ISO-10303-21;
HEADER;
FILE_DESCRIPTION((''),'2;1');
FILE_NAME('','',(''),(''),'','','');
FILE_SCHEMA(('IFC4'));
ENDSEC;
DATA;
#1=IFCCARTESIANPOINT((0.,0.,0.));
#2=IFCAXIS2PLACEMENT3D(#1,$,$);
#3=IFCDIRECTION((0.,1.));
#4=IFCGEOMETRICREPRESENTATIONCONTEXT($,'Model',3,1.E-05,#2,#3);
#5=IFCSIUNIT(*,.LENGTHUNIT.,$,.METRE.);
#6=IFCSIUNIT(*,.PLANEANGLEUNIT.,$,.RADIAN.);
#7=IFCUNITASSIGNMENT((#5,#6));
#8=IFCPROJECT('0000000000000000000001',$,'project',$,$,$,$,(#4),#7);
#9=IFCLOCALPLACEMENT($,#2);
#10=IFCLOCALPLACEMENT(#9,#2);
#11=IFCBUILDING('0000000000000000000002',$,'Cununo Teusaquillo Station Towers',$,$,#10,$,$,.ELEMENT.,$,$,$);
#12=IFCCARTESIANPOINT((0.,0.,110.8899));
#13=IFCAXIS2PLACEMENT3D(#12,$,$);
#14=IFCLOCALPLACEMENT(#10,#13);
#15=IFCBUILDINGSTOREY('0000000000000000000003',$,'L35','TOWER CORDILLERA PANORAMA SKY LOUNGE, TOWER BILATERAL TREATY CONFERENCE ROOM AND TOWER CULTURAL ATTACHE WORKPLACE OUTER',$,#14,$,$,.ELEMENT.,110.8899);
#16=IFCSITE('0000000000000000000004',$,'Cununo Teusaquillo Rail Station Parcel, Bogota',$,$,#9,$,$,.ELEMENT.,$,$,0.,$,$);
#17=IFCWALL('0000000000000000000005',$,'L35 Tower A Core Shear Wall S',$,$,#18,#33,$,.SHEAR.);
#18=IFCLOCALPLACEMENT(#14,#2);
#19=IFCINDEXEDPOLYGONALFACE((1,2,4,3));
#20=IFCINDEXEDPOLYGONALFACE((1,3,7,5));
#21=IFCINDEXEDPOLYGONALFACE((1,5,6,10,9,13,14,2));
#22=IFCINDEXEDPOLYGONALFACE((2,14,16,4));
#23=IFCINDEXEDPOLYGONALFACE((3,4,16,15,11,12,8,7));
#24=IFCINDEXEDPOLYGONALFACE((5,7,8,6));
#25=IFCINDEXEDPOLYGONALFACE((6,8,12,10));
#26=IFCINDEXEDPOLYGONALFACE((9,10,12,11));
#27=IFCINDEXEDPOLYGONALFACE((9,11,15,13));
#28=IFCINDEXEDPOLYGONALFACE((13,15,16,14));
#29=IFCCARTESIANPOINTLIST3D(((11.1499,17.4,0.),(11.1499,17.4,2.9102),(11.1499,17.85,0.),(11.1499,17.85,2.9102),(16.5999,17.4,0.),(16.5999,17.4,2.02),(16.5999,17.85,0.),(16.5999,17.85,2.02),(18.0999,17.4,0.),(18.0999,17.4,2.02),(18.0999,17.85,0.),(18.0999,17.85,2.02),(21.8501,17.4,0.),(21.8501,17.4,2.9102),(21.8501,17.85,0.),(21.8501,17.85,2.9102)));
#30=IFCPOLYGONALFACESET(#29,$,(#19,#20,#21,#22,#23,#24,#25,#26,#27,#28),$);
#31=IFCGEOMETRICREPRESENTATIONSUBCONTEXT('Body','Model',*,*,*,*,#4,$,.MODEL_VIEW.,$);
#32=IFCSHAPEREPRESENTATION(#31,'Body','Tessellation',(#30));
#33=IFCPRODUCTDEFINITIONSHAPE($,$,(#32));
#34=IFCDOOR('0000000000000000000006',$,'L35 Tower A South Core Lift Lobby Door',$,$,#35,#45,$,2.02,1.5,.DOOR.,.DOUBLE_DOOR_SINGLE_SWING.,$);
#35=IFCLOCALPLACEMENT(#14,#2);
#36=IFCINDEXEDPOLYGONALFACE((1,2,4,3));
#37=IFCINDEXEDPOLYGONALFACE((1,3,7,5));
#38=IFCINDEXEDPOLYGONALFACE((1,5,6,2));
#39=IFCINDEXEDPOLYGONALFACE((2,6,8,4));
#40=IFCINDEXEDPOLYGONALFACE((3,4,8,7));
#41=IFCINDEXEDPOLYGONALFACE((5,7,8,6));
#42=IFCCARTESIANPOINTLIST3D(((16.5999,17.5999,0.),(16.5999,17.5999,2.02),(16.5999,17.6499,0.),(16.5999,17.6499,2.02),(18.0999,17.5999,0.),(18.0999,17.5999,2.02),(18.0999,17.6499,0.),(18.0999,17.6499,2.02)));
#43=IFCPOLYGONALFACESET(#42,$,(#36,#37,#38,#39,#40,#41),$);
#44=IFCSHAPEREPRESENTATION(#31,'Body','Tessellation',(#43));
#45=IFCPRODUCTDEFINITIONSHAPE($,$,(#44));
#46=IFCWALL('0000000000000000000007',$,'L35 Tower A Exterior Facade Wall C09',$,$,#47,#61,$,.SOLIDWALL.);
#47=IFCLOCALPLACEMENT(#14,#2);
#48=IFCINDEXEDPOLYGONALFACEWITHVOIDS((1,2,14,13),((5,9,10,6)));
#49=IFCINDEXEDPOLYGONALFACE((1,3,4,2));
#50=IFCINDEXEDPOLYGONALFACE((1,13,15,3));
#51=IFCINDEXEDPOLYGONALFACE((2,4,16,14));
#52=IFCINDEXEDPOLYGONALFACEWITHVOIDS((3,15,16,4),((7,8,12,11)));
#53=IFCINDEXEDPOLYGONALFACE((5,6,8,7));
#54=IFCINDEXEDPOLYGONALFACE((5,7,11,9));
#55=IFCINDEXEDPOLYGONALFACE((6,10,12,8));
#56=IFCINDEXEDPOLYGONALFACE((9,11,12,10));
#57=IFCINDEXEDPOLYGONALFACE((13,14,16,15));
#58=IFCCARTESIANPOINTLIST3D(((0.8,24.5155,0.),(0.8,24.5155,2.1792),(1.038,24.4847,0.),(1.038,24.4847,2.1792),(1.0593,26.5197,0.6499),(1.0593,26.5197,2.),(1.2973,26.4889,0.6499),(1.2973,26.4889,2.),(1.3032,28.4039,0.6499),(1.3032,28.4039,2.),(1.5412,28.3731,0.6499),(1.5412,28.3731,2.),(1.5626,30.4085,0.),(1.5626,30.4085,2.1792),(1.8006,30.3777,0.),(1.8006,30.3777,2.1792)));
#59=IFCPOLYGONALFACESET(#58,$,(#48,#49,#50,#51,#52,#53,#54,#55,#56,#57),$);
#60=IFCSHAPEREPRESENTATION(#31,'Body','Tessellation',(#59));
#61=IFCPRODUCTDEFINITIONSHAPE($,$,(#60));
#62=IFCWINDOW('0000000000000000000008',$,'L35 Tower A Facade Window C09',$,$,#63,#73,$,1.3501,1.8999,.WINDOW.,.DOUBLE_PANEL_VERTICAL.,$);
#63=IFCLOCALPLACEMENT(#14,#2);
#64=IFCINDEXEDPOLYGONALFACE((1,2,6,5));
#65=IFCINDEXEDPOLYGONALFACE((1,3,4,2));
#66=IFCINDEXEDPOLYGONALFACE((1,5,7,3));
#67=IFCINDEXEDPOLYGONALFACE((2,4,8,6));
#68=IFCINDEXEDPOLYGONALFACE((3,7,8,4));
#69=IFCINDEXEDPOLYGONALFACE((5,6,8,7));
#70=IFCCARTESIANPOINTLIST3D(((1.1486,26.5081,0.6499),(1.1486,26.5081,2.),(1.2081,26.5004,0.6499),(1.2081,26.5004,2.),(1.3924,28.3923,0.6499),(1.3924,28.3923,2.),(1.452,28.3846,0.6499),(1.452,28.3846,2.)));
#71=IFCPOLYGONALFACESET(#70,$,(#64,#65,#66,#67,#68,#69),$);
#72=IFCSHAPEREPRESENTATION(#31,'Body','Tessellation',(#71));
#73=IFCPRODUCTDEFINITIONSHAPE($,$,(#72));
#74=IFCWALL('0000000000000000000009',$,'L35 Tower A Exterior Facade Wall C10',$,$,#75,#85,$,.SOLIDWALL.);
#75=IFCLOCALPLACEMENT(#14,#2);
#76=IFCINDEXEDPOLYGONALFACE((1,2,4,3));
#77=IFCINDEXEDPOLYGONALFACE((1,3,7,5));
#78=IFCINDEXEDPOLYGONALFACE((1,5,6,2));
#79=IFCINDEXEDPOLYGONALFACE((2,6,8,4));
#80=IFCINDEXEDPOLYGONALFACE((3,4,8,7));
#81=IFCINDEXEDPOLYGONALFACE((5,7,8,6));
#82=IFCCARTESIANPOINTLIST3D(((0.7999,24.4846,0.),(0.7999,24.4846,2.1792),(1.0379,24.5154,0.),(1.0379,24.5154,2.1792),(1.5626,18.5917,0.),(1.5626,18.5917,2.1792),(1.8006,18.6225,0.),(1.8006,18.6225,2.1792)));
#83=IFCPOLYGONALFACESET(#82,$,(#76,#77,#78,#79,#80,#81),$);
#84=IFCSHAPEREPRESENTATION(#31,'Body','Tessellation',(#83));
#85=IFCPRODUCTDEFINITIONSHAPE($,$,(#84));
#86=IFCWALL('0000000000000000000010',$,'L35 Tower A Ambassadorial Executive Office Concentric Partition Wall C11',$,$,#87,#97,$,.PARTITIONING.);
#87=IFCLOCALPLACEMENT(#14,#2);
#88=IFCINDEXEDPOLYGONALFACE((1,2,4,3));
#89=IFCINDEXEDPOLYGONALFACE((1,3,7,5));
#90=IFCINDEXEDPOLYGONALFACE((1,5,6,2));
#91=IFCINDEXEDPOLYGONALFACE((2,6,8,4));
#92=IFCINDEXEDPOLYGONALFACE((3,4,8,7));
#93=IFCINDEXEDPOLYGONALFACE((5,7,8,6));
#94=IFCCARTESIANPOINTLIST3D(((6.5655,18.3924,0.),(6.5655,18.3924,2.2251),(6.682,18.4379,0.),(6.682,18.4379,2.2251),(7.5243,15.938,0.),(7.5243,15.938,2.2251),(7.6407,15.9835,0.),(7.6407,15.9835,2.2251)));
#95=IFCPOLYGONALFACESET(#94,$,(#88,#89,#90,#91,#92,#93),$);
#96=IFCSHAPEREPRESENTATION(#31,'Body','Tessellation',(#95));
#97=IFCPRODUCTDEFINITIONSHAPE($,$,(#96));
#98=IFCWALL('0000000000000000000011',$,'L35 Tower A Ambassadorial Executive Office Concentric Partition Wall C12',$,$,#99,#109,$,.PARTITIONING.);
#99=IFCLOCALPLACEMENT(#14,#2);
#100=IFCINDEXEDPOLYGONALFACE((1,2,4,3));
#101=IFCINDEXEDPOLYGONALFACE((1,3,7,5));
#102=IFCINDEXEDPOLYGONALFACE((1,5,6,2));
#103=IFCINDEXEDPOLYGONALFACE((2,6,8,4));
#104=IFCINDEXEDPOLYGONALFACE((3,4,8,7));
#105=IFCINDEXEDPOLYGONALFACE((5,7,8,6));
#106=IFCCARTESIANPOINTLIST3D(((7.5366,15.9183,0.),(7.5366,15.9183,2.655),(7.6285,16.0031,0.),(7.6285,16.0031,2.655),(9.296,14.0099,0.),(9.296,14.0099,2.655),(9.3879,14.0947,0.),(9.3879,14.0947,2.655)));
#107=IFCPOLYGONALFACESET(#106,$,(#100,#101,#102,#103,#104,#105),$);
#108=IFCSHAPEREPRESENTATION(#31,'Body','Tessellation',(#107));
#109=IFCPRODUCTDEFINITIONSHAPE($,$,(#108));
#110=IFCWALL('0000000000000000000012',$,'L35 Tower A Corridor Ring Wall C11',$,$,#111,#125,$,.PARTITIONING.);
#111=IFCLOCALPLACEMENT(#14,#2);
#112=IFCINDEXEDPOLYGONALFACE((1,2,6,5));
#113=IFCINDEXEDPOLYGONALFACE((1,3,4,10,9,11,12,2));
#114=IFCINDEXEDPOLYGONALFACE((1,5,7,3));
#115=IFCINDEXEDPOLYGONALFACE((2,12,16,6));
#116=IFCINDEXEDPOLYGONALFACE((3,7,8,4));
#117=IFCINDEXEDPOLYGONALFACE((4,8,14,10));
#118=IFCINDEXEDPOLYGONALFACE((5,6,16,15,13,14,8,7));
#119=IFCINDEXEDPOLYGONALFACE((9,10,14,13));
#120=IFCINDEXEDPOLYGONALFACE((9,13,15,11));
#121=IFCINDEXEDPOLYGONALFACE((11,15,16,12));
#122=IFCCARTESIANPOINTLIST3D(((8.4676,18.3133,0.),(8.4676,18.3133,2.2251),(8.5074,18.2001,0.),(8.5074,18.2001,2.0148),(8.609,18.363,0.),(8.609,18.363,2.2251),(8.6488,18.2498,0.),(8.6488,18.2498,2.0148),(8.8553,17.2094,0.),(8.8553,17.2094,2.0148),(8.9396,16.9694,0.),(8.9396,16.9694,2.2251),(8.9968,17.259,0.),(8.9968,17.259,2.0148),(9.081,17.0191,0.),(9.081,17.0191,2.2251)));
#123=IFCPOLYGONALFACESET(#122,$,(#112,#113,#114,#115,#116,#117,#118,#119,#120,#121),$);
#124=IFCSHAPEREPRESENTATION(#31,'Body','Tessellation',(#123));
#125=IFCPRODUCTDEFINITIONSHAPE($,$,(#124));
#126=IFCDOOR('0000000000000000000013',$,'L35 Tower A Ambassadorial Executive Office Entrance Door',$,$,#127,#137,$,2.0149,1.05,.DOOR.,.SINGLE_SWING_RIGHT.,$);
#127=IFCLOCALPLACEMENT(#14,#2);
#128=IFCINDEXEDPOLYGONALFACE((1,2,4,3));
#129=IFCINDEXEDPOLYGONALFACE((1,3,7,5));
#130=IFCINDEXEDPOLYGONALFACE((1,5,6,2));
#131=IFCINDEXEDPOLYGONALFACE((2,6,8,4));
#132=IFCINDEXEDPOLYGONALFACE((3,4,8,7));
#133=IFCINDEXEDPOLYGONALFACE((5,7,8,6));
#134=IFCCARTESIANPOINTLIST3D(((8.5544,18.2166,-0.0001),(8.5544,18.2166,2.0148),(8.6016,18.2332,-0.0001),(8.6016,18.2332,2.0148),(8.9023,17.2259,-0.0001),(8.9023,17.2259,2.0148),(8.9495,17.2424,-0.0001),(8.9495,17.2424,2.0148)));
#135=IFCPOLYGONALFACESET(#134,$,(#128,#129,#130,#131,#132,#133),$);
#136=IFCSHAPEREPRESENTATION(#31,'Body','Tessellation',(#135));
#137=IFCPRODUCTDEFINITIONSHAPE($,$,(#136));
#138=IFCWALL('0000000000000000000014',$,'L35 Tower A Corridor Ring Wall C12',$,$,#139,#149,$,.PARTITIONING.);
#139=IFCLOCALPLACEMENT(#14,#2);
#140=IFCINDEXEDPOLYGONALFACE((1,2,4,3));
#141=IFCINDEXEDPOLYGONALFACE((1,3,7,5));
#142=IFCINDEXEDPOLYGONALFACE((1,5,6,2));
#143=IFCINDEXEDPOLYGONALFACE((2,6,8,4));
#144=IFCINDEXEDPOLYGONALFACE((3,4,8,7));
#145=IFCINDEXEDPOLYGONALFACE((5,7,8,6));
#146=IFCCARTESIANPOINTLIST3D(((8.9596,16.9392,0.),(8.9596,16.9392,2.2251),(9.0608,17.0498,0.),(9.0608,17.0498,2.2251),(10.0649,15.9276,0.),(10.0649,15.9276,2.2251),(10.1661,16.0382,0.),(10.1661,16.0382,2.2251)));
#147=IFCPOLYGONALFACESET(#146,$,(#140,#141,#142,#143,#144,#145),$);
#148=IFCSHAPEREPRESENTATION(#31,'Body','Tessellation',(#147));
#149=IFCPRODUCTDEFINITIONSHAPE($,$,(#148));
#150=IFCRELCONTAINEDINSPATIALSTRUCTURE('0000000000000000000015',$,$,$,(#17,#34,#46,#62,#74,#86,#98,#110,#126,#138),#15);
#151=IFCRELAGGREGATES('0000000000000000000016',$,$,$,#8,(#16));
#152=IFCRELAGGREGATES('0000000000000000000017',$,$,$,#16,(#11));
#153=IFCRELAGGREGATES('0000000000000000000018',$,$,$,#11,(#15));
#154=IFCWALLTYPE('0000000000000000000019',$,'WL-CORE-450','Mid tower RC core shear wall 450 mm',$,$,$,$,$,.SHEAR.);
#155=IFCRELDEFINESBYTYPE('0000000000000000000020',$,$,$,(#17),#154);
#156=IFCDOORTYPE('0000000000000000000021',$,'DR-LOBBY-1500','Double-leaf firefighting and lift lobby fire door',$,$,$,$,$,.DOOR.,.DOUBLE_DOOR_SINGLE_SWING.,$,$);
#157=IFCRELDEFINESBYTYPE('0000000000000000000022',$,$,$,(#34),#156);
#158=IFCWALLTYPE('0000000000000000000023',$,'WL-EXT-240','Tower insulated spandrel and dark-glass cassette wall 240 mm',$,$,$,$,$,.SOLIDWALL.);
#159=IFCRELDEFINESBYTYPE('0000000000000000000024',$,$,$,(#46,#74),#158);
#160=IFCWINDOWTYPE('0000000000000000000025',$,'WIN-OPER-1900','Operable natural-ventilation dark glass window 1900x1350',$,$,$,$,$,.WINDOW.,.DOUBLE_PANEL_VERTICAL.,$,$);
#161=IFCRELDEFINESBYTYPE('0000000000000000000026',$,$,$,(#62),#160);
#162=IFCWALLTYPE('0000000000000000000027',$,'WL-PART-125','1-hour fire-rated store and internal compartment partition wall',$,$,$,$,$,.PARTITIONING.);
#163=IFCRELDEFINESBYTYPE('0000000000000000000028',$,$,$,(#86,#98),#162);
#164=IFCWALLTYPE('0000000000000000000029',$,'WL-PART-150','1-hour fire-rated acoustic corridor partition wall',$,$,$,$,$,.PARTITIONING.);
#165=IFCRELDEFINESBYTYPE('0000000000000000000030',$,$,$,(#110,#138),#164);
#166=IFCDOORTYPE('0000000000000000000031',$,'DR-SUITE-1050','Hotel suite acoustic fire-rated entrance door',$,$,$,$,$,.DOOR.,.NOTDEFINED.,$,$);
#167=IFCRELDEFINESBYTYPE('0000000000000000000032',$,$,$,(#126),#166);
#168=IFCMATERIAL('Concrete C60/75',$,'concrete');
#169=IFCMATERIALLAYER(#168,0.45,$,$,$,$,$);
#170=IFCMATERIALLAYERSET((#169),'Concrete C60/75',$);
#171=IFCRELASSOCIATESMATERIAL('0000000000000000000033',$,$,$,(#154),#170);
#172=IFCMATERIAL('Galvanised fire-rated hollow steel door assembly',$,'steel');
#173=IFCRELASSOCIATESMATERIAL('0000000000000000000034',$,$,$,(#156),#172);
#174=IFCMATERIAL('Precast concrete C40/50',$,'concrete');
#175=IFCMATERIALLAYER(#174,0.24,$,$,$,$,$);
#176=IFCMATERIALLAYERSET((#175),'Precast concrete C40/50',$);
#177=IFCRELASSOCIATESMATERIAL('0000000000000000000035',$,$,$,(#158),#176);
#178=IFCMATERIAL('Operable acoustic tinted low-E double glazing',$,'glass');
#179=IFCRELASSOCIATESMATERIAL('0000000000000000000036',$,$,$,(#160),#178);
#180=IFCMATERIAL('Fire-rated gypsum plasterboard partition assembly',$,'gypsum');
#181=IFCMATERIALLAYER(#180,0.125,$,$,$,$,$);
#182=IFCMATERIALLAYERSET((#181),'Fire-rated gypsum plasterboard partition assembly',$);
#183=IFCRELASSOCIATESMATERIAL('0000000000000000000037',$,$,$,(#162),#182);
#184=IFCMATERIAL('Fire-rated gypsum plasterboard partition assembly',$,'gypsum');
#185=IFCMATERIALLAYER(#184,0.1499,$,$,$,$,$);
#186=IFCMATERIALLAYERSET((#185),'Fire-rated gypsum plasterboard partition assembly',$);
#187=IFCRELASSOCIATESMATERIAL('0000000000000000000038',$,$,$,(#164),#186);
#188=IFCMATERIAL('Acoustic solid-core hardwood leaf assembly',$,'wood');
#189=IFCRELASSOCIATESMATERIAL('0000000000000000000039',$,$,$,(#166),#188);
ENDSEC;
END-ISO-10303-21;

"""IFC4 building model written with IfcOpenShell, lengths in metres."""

from ifc_helpers import new_model, si_unit, direction, frame, frame_2d, origin, place, context, subcontext, project, spatial, rectangle, extrude, source, transform, mapped, material, layer, layer_set, type_object, element, fill, save


model = new_model("IFC4")

# Units and contexts
model_context = context("Model", 3, precision=1e-05, world=origin(), true_north=direction((0.0, 1.0)))
body_context = subcontext(model_context, "Body", "Model", "MODEL_VIEW")
ifc_project = project(units=[si_unit("LENGTHUNIT", "METRE"), si_unit("PLANEANGLEUNIT", "RADIAN")], contexts=[model_context])

# Site, building, storey
site_placement = place(None, origin())
site = spatial("IfcSite", under=ifc_project, at=site_placement, Name="Cununo Teusaquillo Rail Station Parcel, Bogota", CompositionType="ELEMENT", RefElevation=0.0)
building_placement = place(site_placement, origin())
building = spatial("IfcBuilding", under=site, at=building_placement, Name="Cununo Teusaquillo Station Towers", CompositionType="ELEMENT")
storey_placement = place(building_placement, frame((0.0, 0.0, 110.8899)))
storey = spatial("IfcBuildingStorey", under=building, at=storey_placement, Name="L35", Description="TOWER CORDILLERA PANORAMA SKY LOUNGE, TOWER BILATERAL TREATY CONFERENCE ROOM AND TOWER CULTURAL ATTACHE WORKPLACE OUTER", CompositionType="ELEMENT", Elevation=110.8899)

# Shared definitions
ifc_material_1 = material(Name="Concrete C60/75", Category="concrete")
ifc_layer_1 = layer(ifc_material_1, 0.45)
ifc_layer_set_1 = layer_set([ifc_layer_1], Name="Concrete C60/75")
wall_type_1 = type_object("IfcWallType", Name="WL-CORE-450", Description="Mid tower RC core shear wall 450 mm", PredefinedType="SHEAR", material=ifc_layer_set_1)

# Wall, opening, door
wall_1_placement = place(storey_placement, frame((11.1499, 17.625, 0.0), z_axis=(0.0, 0.0, 1.0), x_axis=(1.0, 0.0, 0.0)))
wall_1 = element("IfcWall", 1, at=wall_1_placement, inside=storey, type_object=wall_type_1, Name="L35 Tower A Core Shear Wall S", PredefinedType="SHEAR", context=body_context, shape_type="SweptSolid", body=[
    extrude(rectangle(XDim=10.7002, YDim=0.45, at=frame_2d((5.3501, 0.0))), origin(), (0.0, 0.0, 1.0), 2.9102),
])
shared_shape_1 = source(origin(), body_context, "Body", "SweptSolid", [
    extrude(rectangle(XDim=1.5, YDim=2.02, at=frame_2d((0.75, 1.01))), frame((0.0, 0.2349, 0.0), z_axis=(0.0, -1.0, 0.0), x_axis=(1.0, 0.0, 0.0)), (0.0, 0.0, 1.0), 0.47),
])
opening_1_placement = place(wall_1_placement, frame((5.45, 0.0, 0.0)))
opening_1 = element("IfcOpeningElement", 2, at=opening_1_placement, cuts=wall_1, PredefinedType="OPENING", context=body_context, shape_type="MappedRepresentation", body=[
    mapped(shared_shape_1, transform((0.0, 0.0, 0.0), x_axis=(1.0, 0.0, 0.0), y_axis=(0.0, 1.0, 0.0), z_axis=(0.0, 0.0, 1.0), scale=1.0)),
])
ifc_material_2 = material(Name="Galvanised fire-rated hollow steel door assembly", Category="steel")
door_type_1 = type_object("IfcDoorType", Name="DR-LOBBY-1500", Description="Double-leaf firefighting and lift lobby fire door", OperationType="DOUBLE_DOOR_SINGLE_SWING", PredefinedType="DOOR", material=ifc_material_2)
shared_shape_2 = source(origin(), body_context, "Body", "SweptSolid", [
    extrude(rectangle(XDim=1.5, YDim=2.02, at=frame_2d((0.75, 1.01))), frame((0.0, 0.0249, 0.0), z_axis=(0.0, -1.0, 0.0), x_axis=(1.0, 0.0, 0.0)), (0.0, 0.0, 1.0), 0.05),
])
door_1_placement = place(opening_1_placement, origin())
door_1 = element("IfcDoor", 3, at=door_1_placement, inside=storey, type_object=door_type_1, Name="L35 Tower A South Core Lift Lobby Door", OperationType="DOUBLE_DOOR_SINGLE_SWING", OverallHeight=2.02, OverallWidth=1.5, PredefinedType="DOOR", context=body_context, shape_type="MappedRepresentation", body=[
    mapped(shared_shape_2, transform((0.0, 0.0, 0.0), x_axis=(1.0, 0.0, 0.0), y_axis=(0.0, 1.0, 0.0), z_axis=(0.0, 0.0, 1.0), scale=1.0)),
])
fill(opening_1, door_1)

# Wall, opening, window
ifc_material_3 = material(Name="Precast concrete C40/50", Category="concrete")
ifc_layer_2 = layer(ifc_material_3, 0.24)
ifc_layer_set_2 = layer_set([ifc_layer_2], Name="Precast concrete C40/50")
wall_type_2 = type_object("IfcWallType", Name="WL-EXT-240", Description="Tower insulated spandrel and dark-glass cassette wall 240 mm", PredefinedType="SOLIDWALL", material=ifc_layer_set_2)
wall_2_placement = place(storey_placement, frame((0.9189, 24.5, 0.0), z_axis=(0.0, 0.0, 1.0), x_axis=(0.128352, 0.991729, 0.0)))
wall_2 = element("IfcWall", 4, at=wall_2_placement, inside=storey, type_object=wall_type_2, Name="L35 Tower A Exterior Facade Wall C09", PredefinedType="SOLIDWALL", context=body_context, shape_type="SweptSolid", body=[
    extrude(rectangle(XDim=5.9421, YDim=0.24, at=frame_2d((2.9712, 0.0))), origin(), (0.0, 0.0, 1.0), 2.1792),
])
shared_shape_3 = source(origin(), body_context, "Body", "SweptSolid", [
    extrude(rectangle(XDim=1.8999, YDim=1.3501, at=frame_2d((0.95, 0.675))), frame((0.0, 0.1299, 0.0), z_axis=(0.0, -1.0, 0.0), x_axis=(1.0, 0.0, 0.0)), (0.0, 0.0, 1.0), 0.26),
])
opening_2_placement = place(wall_2_placement, frame((2.021, 0.0, 0.6499)))
opening_2 = element("IfcOpeningElement", 5, at=opening_2_placement, cuts=wall_2, PredefinedType="OPENING", context=body_context, shape_type="MappedRepresentation", body=[
    mapped(shared_shape_3, transform((0.0, 0.0, 0.0), x_axis=(1.0, 0.0, 0.0), y_axis=(0.0, 1.0, 0.0), z_axis=(0.0, 0.0, 1.0), scale=1.0)),
])
ifc_material_4 = material(Name="Operable acoustic tinted low-E double glazing", Category="glass")
window_type = type_object("IfcWindowType", Name="WIN-OPER-1900", Description="Operable natural-ventilation dark glass window 1900x1350", PartitioningType="DOUBLE_PANEL_VERTICAL", PredefinedType="WINDOW", material=ifc_material_4)
shared_shape_4 = source(origin(), body_context, "Body", "SweptSolid", [
    extrude(rectangle(XDim=1.8999, YDim=1.3501, at=frame_2d((0.95, 0.675))), frame((0.0, 0.03, 0.0), z_axis=(0.0, -1.0, 0.0), x_axis=(1.0, 0.0, 0.0)), (0.0, 0.0, 1.0), 0.0601),
])
window_placement = place(opening_2_placement, origin())
window = element("IfcWindow", 6, at=window_placement, inside=storey, type_object=window_type, Name="L35 Tower A Facade Window C09", OverallHeight=1.3501, OverallWidth=1.8999, PartitioningType="DOUBLE_PANEL_VERTICAL", PredefinedType="WINDOW", context=body_context, shape_type="MappedRepresentation", body=[
    mapped(shared_shape_4, transform((0.0, 0.0, 0.0), x_axis=(1.0, 0.0, 0.0), y_axis=(0.0, 1.0, 0.0), z_axis=(0.0, 0.0, 1.0), scale=1.0)),
])
fill(opening_2, window)

# Walls
wall_3_placement = place(storey_placement, frame((1.6816, 18.6069, 0.0), z_axis=(0.0, 0.0, 1.0), x_axis=(-0.128352, 0.991729, 0.0)))
element("IfcWall", 7, at=wall_3_placement, inside=storey, type_object=wall_type_2, Name="L35 Tower A Exterior Facade Wall C10", PredefinedType="SOLIDWALL", context=body_context, shape_type="SweptSolid", body=[
    extrude(rectangle(XDim=5.9421, YDim=0.24, at=frame_2d((2.9712, 0.0))), origin(), (0.0, 0.0, 1.0), 2.1792),
])
ifc_material_5 = material(Name="Fire-rated gypsum plasterboard partition assembly", Category="gypsum")
ifc_layer_3 = layer(ifc_material_5, 0.125)
ifc_layer_set_3 = layer_set([ifc_layer_3], Name="Fire-rated gypsum plasterboard partition assembly")
wall_type_3 = type_object("IfcWallType", Name="WL-PART-125", Description="1-hour fire-rated store and internal compartment partition wall", PredefinedType="PARTITIONING", material=ifc_layer_set_3)
wall_4_placement = place(storey_placement, frame((6.6238, 18.415, 0.0), z_axis=(0.0, 0.0, 1.0), x_axis=(0.363854, -0.931456, 0.0)))
element("IfcWall", 8, at=wall_4_placement, inside=storey, type_object=wall_type_3, Name="L35 Tower A Ambassadorial Executive Office Concentric Partition Wall C11", PredefinedType="PARTITIONING", context=body_context, shape_type="SweptSolid", body=[
    extrude(rectangle(XDim=2.635, YDim=0.125, at=frame_2d((1.3174, 0.0))), origin(), (0.0, 0.0, 1.0), 2.2251),
])
wall_5_placement = place(storey_placement, frame((7.5825, 15.9607, 0.0), z_axis=(0.0, 0.0, 1.0), x_axis=(0.677839, -0.735211, 0.0)))
element("IfcWall", 9, at=wall_5_placement, inside=storey, type_object=wall_type_3, Name="L35 Tower A Ambassadorial Executive Office Concentric Partition Wall C12", PredefinedType="PARTITIONING", context=body_context, shape_type="SweptSolid", body=[
    extrude(rectangle(XDim=2.5957, YDim=0.125, at=frame_2d((1.2979, 0.0))), origin(), (0.0, 0.0, 1.0), 2.655),
])

# Wall, opening, door
ifc_material_6 = material(Name="Fire-rated gypsum plasterboard partition assembly", Category="gypsum")
ifc_layer_4 = layer(ifc_material_6, 0.1499)
ifc_layer_set_4 = layer_set([ifc_layer_4], Name="Fire-rated gypsum plasterboard partition assembly")
wall_type_4 = type_object("IfcWallType", Name="WL-PART-150", Description="1-hour fire-rated acoustic corridor partition wall", PredefinedType="PARTITIONING", material=ifc_layer_set_4)
wall_6_placement = place(storey_placement, frame((8.5383, 18.3381, 0.0), z_axis=(0.0, 0.0, 1.0), x_axis=(0.331358, -0.943505, 0.0)))
wall_6 = element("IfcWall", 10, at=wall_6_placement, inside=storey, type_object=wall_type_4, Name="L35 Tower A Corridor Ring Wall C11", PredefinedType="PARTITIONING", context=body_context, shape_type="SweptSolid", body=[
    extrude(rectangle(XDim=1.4243, YDim=0.1499, at=frame_2d((0.7122, 0.0))), origin(), (0.0, 0.0, 1.0), 2.2251),
])
shared_shape_5 = source(origin(), body_context, "Body", "SweptSolid", [
    extrude(rectangle(XDim=1.05, YDim=2.0149, at=frame_2d((0.5249, 1.0073))), frame((0.0, 0.085, 0.0), z_axis=(0.0, -1.0, 0.0), x_axis=(1.0, 0.0, 0.0)), (0.0, 0.0, 1.0), 0.1699),
])
opening_3_placement = place(wall_6_placement, frame((0.1201, 0.0, 0.0)))
opening_3 = element("IfcOpeningElement", 11, at=opening_3_placement, cuts=wall_6, PredefinedType="OPENING", context=body_context, shape_type="MappedRepresentation", body=[
    mapped(shared_shape_5, transform((0.0, 0.0, 0.0), x_axis=(1.0, 0.0, 0.0), y_axis=(0.0, 1.0, 0.0), z_axis=(0.0, 0.0, 1.0), scale=1.0)),
])
ifc_material_7 = material(Name="Acoustic solid-core hardwood leaf assembly", Category="wood")
door_type_2 = type_object("IfcDoorType", Name="DR-SUITE-1050", Description="Hotel suite acoustic fire-rated entrance door", OperationType="NOTDEFINED", PredefinedType="DOOR", material=ifc_material_7)
shared_shape_6 = source(origin(), body_context, "Body", "SweptSolid", [
    extrude(rectangle(XDim=1.05, YDim=2.0149, at=frame_2d((0.5249, 1.0073))), frame((0.0, 0.0249, 0.0), z_axis=(0.0, -1.0, 0.0), x_axis=(1.0, 0.0, 0.0)), (0.0, 0.0, 1.0), 0.05),
])
door_2_placement = place(opening_3_placement, origin())
door_2 = element("IfcDoor", 12, at=door_2_placement, inside=storey, type_object=door_type_2, Name="L35 Tower A Ambassadorial Executive Office Entrance Door", OperationType="SINGLE_SWING_RIGHT", OverallHeight=2.0149, OverallWidth=1.05, PredefinedType="DOOR", context=body_context, shape_type="MappedRepresentation", body=[
    mapped(shared_shape_6, transform((0.0, 0.0, 0.0), x_axis=(1.0, 0.0, 0.0), y_axis=(0.0, 1.0, 0.0), z_axis=(0.0, 0.0, 1.0), scale=1.0)),
])
fill(opening_3, door_2)

# Wall
wall_7_placement = place(storey_placement, frame((9.0103, 16.9944, 0.0), z_axis=(0.0, 0.0, 1.0), x_axis=(0.737702, -0.675127, 0.0)))
element("IfcWall", 13, at=wall_7_placement, inside=storey, type_object=wall_type_4, Name="L35 Tower A Corridor Ring Wall C12", PredefinedType="PARTITIONING", context=body_context, shape_type="SweptSolid", body=[
    extrude(rectangle(XDim=1.4983, YDim=0.1499, at=frame_2d((0.749, 0.0))), origin(), (0.0, 0.0, 1.0), 2.2251),
])

save(model, "model.ifc")
